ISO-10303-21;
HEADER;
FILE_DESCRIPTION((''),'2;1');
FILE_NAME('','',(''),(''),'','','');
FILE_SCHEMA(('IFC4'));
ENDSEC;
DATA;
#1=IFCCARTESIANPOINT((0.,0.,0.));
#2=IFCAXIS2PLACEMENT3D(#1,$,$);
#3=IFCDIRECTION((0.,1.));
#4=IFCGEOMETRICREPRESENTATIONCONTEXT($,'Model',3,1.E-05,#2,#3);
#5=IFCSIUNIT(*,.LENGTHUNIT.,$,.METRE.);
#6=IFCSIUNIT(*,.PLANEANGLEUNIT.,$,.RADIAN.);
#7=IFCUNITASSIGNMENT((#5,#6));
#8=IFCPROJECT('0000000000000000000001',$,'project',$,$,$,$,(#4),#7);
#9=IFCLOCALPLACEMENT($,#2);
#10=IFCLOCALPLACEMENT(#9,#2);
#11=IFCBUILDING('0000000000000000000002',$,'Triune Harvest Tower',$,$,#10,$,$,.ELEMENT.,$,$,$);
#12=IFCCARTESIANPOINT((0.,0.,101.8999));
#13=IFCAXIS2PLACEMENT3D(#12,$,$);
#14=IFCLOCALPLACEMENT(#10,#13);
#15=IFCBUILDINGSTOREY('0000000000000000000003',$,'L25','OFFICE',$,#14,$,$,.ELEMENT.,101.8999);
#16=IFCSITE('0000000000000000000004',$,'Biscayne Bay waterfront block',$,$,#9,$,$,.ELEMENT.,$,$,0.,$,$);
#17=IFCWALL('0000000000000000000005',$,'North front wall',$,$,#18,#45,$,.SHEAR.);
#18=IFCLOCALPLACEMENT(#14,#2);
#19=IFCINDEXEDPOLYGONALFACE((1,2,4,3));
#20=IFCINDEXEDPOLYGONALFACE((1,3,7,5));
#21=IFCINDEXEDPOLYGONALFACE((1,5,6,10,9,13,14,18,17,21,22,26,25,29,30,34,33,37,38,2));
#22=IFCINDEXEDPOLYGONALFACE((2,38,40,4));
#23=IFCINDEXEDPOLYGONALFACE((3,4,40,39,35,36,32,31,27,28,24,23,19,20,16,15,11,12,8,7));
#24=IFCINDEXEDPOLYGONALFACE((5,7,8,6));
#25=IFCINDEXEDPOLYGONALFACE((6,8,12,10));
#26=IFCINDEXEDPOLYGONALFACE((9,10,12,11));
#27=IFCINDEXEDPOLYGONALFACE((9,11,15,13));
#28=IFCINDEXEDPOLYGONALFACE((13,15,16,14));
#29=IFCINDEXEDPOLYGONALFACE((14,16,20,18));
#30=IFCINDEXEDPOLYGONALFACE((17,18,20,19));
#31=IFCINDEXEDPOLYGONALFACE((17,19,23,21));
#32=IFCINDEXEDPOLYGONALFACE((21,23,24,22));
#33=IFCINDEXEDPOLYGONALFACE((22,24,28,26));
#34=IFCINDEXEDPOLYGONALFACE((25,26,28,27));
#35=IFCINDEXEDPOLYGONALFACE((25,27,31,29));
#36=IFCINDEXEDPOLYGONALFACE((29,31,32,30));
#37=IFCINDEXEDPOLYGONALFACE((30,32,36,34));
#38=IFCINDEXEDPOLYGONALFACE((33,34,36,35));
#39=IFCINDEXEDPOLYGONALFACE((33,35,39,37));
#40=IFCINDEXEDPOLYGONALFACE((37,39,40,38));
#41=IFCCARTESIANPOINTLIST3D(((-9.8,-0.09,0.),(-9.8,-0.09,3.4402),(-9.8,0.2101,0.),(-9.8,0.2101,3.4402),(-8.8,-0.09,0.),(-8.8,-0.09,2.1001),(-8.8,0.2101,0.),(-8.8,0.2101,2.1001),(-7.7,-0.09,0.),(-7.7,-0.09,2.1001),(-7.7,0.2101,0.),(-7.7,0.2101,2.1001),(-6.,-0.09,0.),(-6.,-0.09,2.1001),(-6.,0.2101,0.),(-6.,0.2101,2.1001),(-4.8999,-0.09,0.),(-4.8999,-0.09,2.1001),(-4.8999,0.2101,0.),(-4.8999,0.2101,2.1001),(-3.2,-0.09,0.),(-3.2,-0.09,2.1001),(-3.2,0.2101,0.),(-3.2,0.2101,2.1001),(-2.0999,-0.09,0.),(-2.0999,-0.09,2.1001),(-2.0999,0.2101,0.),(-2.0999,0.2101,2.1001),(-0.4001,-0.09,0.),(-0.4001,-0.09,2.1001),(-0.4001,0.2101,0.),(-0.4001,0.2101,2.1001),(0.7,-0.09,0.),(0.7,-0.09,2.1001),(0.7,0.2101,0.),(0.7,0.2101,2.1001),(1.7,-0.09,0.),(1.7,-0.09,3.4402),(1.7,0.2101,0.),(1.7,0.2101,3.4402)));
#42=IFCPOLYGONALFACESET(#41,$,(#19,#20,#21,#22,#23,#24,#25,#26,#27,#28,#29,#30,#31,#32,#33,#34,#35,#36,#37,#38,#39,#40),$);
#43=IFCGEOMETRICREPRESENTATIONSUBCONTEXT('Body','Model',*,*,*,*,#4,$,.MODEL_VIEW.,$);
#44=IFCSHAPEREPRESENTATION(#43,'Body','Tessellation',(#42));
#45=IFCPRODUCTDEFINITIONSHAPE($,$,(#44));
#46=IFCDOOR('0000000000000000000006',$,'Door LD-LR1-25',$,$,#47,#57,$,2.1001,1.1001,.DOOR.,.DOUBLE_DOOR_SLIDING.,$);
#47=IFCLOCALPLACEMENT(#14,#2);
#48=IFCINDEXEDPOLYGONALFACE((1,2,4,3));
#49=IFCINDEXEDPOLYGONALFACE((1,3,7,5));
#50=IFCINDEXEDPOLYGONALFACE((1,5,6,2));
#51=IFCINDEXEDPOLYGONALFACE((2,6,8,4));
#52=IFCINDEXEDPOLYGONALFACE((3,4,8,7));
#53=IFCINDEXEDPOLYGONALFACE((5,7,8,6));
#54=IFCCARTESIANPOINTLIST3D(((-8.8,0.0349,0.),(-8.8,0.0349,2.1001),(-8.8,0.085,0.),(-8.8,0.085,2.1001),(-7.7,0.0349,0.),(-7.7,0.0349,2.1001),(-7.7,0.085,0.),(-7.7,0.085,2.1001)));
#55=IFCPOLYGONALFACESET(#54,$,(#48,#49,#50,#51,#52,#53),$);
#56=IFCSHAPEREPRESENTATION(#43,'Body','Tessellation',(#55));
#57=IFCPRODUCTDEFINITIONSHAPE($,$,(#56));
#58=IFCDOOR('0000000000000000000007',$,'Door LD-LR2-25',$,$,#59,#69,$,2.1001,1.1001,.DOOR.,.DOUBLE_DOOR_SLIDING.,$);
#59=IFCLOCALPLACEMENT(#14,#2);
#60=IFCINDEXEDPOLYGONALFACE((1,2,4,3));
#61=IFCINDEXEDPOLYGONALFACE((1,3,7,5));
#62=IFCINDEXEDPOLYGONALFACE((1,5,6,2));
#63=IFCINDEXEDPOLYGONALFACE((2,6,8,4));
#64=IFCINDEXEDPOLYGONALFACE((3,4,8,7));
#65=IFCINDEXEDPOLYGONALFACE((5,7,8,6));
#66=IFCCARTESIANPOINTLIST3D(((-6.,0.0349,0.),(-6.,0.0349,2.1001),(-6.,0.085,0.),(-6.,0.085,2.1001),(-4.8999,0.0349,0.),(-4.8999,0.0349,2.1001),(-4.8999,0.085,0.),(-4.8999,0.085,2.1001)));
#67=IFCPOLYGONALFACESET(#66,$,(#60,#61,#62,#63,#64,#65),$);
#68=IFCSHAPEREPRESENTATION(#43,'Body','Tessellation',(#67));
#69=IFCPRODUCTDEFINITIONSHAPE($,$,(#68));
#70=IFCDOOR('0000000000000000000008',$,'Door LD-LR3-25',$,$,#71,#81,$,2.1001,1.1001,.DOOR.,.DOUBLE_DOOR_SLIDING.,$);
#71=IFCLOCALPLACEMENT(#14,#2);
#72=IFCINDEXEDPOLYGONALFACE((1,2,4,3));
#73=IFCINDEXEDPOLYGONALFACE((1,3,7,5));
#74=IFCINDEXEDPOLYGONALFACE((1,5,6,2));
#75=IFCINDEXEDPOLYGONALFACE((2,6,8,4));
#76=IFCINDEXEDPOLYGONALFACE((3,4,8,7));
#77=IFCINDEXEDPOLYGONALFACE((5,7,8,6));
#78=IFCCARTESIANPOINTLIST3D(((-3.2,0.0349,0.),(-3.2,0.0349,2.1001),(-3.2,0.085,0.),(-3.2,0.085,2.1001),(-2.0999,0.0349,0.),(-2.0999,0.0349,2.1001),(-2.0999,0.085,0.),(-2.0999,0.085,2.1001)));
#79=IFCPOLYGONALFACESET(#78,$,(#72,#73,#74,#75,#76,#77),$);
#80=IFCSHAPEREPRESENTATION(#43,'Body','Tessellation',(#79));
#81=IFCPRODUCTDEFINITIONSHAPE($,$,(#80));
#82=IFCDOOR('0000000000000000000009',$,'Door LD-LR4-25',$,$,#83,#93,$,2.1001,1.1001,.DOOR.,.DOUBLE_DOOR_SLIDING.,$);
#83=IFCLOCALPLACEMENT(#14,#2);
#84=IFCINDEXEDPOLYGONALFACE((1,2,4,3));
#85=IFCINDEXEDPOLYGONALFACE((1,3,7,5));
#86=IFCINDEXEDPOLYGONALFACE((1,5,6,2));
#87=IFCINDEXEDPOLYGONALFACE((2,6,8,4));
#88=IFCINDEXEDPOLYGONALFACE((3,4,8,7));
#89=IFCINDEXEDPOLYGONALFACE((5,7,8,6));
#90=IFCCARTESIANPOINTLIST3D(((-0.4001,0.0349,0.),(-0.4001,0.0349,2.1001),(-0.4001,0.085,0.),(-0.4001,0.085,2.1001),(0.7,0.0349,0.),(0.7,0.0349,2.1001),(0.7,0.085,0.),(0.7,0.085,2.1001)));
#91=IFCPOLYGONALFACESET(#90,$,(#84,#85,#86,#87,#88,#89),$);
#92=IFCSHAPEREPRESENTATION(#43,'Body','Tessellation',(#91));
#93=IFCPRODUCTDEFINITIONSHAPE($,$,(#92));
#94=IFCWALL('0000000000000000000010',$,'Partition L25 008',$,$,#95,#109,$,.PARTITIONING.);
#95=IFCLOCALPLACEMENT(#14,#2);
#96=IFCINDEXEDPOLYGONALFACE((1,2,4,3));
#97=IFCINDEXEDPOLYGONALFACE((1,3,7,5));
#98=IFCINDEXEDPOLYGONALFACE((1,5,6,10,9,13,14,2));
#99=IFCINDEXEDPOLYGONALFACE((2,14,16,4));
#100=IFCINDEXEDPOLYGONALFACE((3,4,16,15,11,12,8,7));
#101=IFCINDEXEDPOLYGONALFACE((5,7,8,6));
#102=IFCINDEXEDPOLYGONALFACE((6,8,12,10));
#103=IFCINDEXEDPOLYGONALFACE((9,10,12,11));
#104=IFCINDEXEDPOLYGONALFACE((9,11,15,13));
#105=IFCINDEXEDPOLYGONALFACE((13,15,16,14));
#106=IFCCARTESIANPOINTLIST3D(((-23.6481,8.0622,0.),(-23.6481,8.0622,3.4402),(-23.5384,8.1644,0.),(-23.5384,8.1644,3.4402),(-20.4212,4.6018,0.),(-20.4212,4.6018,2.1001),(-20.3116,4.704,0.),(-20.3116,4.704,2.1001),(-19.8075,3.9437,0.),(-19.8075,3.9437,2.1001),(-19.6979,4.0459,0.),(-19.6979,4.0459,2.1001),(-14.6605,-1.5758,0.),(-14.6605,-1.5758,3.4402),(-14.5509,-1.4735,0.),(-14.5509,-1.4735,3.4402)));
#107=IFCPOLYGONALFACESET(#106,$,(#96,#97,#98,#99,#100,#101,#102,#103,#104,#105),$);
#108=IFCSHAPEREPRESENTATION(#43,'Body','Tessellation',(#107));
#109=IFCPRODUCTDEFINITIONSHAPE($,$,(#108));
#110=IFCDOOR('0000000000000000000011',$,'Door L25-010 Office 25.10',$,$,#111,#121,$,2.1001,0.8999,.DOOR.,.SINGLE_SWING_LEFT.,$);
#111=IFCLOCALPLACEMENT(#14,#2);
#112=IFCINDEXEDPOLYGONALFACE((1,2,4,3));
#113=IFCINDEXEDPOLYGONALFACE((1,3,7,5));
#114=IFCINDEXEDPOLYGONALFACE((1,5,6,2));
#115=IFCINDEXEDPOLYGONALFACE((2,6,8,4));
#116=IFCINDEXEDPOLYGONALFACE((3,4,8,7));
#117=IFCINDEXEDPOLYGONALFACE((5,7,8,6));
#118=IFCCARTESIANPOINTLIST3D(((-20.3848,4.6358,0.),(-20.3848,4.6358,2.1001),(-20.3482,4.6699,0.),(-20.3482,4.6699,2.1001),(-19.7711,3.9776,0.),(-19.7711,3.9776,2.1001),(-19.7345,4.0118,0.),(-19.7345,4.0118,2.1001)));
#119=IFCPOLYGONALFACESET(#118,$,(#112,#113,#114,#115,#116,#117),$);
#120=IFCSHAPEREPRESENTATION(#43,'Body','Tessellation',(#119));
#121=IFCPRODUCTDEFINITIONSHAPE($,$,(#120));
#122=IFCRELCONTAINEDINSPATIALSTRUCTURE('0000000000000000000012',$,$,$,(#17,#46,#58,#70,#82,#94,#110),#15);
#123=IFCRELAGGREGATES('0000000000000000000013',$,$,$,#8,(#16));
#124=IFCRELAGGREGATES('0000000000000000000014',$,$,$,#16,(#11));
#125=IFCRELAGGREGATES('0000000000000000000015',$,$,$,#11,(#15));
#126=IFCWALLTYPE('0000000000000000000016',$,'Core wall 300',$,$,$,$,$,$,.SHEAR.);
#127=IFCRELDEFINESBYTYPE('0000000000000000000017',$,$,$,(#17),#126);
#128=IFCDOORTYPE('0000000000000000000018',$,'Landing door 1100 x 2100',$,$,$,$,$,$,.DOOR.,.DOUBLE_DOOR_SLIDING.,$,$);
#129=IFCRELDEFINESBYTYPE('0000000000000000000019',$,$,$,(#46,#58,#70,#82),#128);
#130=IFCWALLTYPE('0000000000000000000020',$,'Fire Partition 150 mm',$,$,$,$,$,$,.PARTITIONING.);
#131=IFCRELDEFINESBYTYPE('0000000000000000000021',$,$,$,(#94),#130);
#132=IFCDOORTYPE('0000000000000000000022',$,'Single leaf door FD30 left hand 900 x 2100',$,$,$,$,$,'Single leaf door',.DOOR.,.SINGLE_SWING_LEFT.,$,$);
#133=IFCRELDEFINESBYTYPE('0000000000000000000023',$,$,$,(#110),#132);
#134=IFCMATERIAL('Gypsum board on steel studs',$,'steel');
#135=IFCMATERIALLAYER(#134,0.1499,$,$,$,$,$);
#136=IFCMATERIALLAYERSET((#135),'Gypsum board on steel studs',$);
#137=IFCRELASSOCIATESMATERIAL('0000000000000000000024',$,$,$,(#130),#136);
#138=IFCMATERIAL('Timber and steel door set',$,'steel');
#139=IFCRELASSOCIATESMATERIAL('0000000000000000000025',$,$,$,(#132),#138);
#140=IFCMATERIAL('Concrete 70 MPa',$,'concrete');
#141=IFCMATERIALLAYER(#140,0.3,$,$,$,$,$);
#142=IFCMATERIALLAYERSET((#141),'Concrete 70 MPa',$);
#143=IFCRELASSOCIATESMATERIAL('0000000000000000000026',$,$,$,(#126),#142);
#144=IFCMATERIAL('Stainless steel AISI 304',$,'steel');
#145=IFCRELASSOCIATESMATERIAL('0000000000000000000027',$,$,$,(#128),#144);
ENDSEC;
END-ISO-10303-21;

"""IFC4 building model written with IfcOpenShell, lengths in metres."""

from ifc_helpers import new_model, si_unit, direction, frame, frame_2d, origin, place, context, subcontext, project, spatial, rectangle, extrude, source, transform, mapped, material, layer, layer_set, type_object, element, fill, save


model = new_model("IFC4")

# Units and contexts
model_context = context("Model", 3, precision=1e-05, world=origin(), true_north=direction((0.0, 1.0)))
body_context = subcontext(model_context, "Body", "Model", "MODEL_VIEW")
ifc_project = project(units=[si_unit("LENGTHUNIT", "METRE"), si_unit("PLANEANGLEUNIT", "RADIAN")], contexts=[model_context])

# Site, building, storey
site_placement = place(None, origin())
site = spatial("IfcSite", under=ifc_project, at=site_placement, Name="Biscayne Bay waterfront block", CompositionType="ELEMENT", RefElevation=0.0)
building_placement = place(site_placement, origin())
building = spatial("IfcBuilding", under=site, at=building_placement, Name="Triune Harvest Tower", CompositionType="ELEMENT")
storey_placement = place(building_placement, frame((0.0, 0.0, 101.8999)))
storey = spatial("IfcBuildingStorey", under=building, at=storey_placement, Name="L25", Description="OFFICE", CompositionType="ELEMENT", Elevation=101.8999)

# Shared definitions
ifc_material_1 = material(Name="Gypsum board on steel studs", Category="steel")
ifc_layer_1 = layer(ifc_material_1, 0.1499)
ifc_layer_set_1 = layer_set([ifc_layer_1], Name="Gypsum board on steel studs")
wall_type_1 = type_object("IfcWallType", Name="Fire Partition 150 mm", PredefinedType="PARTITIONING", material=ifc_layer_set_1)

# Wall, openings, doors
ifc_material_2 = material(Name="Timber and steel door set", Category="steel")
door_type_1 = type_object("IfcDoorType", Name="Single leaf door FD30 left hand 900 x 2100", ElementType="Single leaf door", OperationType="SINGLE_SWING_LEFT", PredefinedType="DOOR", material=ifc_material_2)
ifc_material_3 = material(Name="Concrete 70 MPa", Category="concrete")
ifc_layer_2 = layer(ifc_material_3, 0.3)
ifc_layer_set_2 = layer_set([ifc_layer_2], Name="Concrete 70 MPa")
wall_type_2 = type_object("IfcWallType", Name="Core wall 300", PredefinedType="SHEAR", material=ifc_layer_set_2)
shared_shape_1 = source(origin(), body_context, "Body", "SweptSolid", [
    extrude(rectangle(XDim=11.5, YDim=0.3, at=frame_2d((5.75, 0.0))), origin(), (0.0, 0.0, 1.0), 3.4402),
])
wall_1_placement = place(storey_placement, frame((-9.8, 0.0601, 0.0), z_axis=(0.0, 0.0, 1.0), x_axis=(1.0, 0.0, 0.0)))
wall_1 = element("IfcWall", 1, at=wall_1_placement, inside=storey, type_object=wall_type_2, Name="North front wall", PredefinedType="SHEAR", context=body_context, shape_type="MappedRepresentation", body=[
    mapped(shared_shape_1, transform((0.0, 0.0, 0.0), scale=1.0)),
])
opening_1_placement = place(wall_1_placement, frame((1.0, 0.0, 0.0)))
opening_1 = element("IfcOpeningElement", 2, at=opening_1_placement, cuts=wall_1, PredefinedType="OPENING", context=body_context, shape_type="SweptSolid", body=[
    extrude(rectangle(XDim=1.1001, YDim=2.1001, at=frame_2d((0.55, 1.05))), frame((0.0, 0.1602, 0.0), z_axis=(0.0, -1.0, 0.0), x_axis=(1.0, 0.0, 0.0)), (0.0, 0.0, 1.0), 0.3201),
])
opening_2_placement = place(wall_1_placement, frame((3.8, 0.0, 0.0)))
opening_2 = element("IfcOpeningElement", 3, at=opening_2_placement, cuts=wall_1, PredefinedType="OPENING", context=body_context, shape_type="SweptSolid", body=[
    extrude(rectangle(XDim=1.1001, YDim=2.1001, at=frame_2d((0.55, 1.05))), frame((0.0, 0.1602, 0.0), z_axis=(0.0, -1.0, 0.0), x_axis=(1.0, 0.0, 0.0)), (0.0, 0.0, 1.0), 0.3201),
])
opening_3_placement = place(wall_1_placement, frame((6.6001, 0.0, 0.0)))
opening_3 = element("IfcOpeningElement", 4, at=opening_3_placement, cuts=wall_1, PredefinedType="OPENING", context=body_context, shape_type="SweptSolid", body=[
    extrude(rectangle(XDim=1.1001, YDim=2.1001, at=frame_2d((0.55, 1.05))), frame((0.0, 0.1602, 0.0), z_axis=(0.0, -1.0, 0.0), x_axis=(1.0, 0.0, 0.0)), (0.0, 0.0, 1.0), 0.3201),
])
opening_4_placement = place(wall_1_placement, frame((9.3999, 0.0, 0.0)))
opening_4 = element("IfcOpeningElement", 5, at=opening_4_placement, cuts=wall_1, PredefinedType="OPENING", context=body_context, shape_type="SweptSolid", body=[
    extrude(rectangle(XDim=1.1001, YDim=2.1001, at=frame_2d((0.55, 1.05))), frame((0.0, 0.1602, 0.0), z_axis=(0.0, -1.0, 0.0), x_axis=(1.0, 0.0, 0.0)), (0.0, 0.0, 1.0), 0.3201),
])
ifc_material_4 = material(Name="Stainless steel AISI 304", Category="steel")
door_type_2 = type_object("IfcDoorType", Name="Landing door 1100 x 2100", OperationType="DOUBLE_DOOR_SLIDING", PredefinedType="DOOR", material=ifc_material_4)
door_1_placement = place(opening_1_placement, origin())
door_1 = element("IfcDoor", 6, at=door_1_placement, inside=storey, type_object=door_type_2, Name="Door LD-LR1-25", OperationType="DOUBLE_DOOR_SLIDING", OverallHeight=2.1001, OverallWidth=1.1001, PredefinedType="DOOR", context=body_context, shape_type="SweptSolid", body=[
    extrude(rectangle(XDim=1.1001, YDim=2.1001, at=frame_2d((0.55, 1.05))), frame((0.0, 0.0249, 0.0), z_axis=(0.0, -1.0, 0.0), x_axis=(1.0, 0.0, 0.0)), (0.0, 0.0, 1.0), 0.05),
])
fill(opening_1, door_1)
door_2_placement = place(opening_2_placement, origin())
door_2 = element("IfcDoor", 7, at=door_2_placement, inside=storey, type_object=door_type_2, Name="Door LD-LR2-25", OperationType="DOUBLE_DOOR_SLIDING", OverallHeight=2.1001, OverallWidth=1.1001, PredefinedType="DOOR", context=body_context, shape_type="SweptSolid", body=[
    extrude(rectangle(XDim=1.1001, YDim=2.1001, at=frame_2d((0.55, 1.05))), frame((0.0, 0.0249, 0.0), z_axis=(0.0, -1.0, 0.0), x_axis=(1.0, 0.0, 0.0)), (0.0, 0.0, 1.0), 0.05),
])
fill(opening_2, door_2)
door_3_placement = place(opening_3_placement, origin())
door_3 = element("IfcDoor", 8, at=door_3_placement, inside=storey, type_object=door_type_2, Name="Door LD-LR3-25", OperationType="DOUBLE_DOOR_SLIDING", OverallHeight=2.1001, OverallWidth=1.1001, PredefinedType="DOOR", context=body_context, shape_type="SweptSolid", body=[
    extrude(rectangle(XDim=1.1001, YDim=2.1001, at=frame_2d((0.55, 1.05))), frame((0.0, 0.0249, 0.0), z_axis=(0.0, -1.0, 0.0), x_axis=(1.0, 0.0, 0.0)), (0.0, 0.0, 1.0), 0.05),
])
fill(opening_3, door_3)
door_4_placement = place(opening_4_placement, origin())
door_4 = element("IfcDoor", 9, at=door_4_placement, inside=storey, type_object=door_type_2, Name="Door LD-LR4-25", OperationType="DOUBLE_DOOR_SLIDING", OverallHeight=2.1001, OverallWidth=1.1001, PredefinedType="DOOR", context=body_context, shape_type="SweptSolid", body=[
    extrude(rectangle(XDim=1.1001, YDim=2.1001, at=frame_2d((0.55, 1.05))), frame((0.0, 0.0249, 0.0), z_axis=(0.0, -1.0, 0.0), x_axis=(1.0, 0.0, 0.0)), (0.0, 0.0, 1.0), 0.05),
])
fill(opening_4, door_4)

# Wall, opening, door
shared_shape_2 = source(origin(), body_context, "Body", "SweptSolid", [
    extrude(rectangle(XDim=13.1782, YDim=0.1499, at=frame_2d((6.5891, 0.0))), origin(), (0.0, 0.0, 1.0), 3.4402),
])
wall_2_placement = place(storey_placement, frame((-23.5933, 8.1133, 0.0), z_axis=(0.0, 0.0, 1.0), x_axis=(0.681999, -0.731353, 0.0)))
wall_2 = element("IfcWall", 10, at=wall_2_placement, inside=storey, type_object=wall_type_1, Name="Partition L25 008", PredefinedType="PARTITIONING", context=body_context, shape_type="MappedRepresentation", body=[
    mapped(shared_shape_2, transform((0.0, 0.0, 0.0), scale=1.0)),
])
opening_5_placement = place(wall_2_placement, frame((4.7314, 0.0, 0.0)))
opening_5 = element("IfcOpeningElement", 11, at=opening_5_placement, cuts=wall_2, PredefinedType="OPENING", context=body_context, shape_type="SweptSolid", body=[
    extrude(rectangle(XDim=0.8999, YDim=2.1001, at=frame_2d((0.45, 1.05))), frame((0.0, 0.085, 0.0), z_axis=(0.0, -1.0, 0.0), x_axis=(1.0, 0.0, 0.0)), (0.0, 0.0, 1.0), 0.1699),
])
door_5_placement = place(opening_5_placement, origin())
door_5 = element("IfcDoor", 12, at=door_5_placement, inside=storey, type_object=door_type_1, Name="Door L25-010 Office 25.10", OperationType="SINGLE_SWING_LEFT", OverallHeight=2.1001, OverallWidth=0.8999, PredefinedType="DOOR", context=body_context, shape_type="SweptSolid", body=[
    extrude(rectangle(XDim=0.8999, YDim=2.1001, at=frame_2d((0.45, 1.05))), frame((0.0, 0.0249, 0.0), z_axis=(0.0, -1.0, 0.0), x_axis=(1.0, 0.0, 0.0)), (0.0, 0.0, 1.0), 0.05),
])
fill(opening_5, door_5)

save(model, "model.ifc")
